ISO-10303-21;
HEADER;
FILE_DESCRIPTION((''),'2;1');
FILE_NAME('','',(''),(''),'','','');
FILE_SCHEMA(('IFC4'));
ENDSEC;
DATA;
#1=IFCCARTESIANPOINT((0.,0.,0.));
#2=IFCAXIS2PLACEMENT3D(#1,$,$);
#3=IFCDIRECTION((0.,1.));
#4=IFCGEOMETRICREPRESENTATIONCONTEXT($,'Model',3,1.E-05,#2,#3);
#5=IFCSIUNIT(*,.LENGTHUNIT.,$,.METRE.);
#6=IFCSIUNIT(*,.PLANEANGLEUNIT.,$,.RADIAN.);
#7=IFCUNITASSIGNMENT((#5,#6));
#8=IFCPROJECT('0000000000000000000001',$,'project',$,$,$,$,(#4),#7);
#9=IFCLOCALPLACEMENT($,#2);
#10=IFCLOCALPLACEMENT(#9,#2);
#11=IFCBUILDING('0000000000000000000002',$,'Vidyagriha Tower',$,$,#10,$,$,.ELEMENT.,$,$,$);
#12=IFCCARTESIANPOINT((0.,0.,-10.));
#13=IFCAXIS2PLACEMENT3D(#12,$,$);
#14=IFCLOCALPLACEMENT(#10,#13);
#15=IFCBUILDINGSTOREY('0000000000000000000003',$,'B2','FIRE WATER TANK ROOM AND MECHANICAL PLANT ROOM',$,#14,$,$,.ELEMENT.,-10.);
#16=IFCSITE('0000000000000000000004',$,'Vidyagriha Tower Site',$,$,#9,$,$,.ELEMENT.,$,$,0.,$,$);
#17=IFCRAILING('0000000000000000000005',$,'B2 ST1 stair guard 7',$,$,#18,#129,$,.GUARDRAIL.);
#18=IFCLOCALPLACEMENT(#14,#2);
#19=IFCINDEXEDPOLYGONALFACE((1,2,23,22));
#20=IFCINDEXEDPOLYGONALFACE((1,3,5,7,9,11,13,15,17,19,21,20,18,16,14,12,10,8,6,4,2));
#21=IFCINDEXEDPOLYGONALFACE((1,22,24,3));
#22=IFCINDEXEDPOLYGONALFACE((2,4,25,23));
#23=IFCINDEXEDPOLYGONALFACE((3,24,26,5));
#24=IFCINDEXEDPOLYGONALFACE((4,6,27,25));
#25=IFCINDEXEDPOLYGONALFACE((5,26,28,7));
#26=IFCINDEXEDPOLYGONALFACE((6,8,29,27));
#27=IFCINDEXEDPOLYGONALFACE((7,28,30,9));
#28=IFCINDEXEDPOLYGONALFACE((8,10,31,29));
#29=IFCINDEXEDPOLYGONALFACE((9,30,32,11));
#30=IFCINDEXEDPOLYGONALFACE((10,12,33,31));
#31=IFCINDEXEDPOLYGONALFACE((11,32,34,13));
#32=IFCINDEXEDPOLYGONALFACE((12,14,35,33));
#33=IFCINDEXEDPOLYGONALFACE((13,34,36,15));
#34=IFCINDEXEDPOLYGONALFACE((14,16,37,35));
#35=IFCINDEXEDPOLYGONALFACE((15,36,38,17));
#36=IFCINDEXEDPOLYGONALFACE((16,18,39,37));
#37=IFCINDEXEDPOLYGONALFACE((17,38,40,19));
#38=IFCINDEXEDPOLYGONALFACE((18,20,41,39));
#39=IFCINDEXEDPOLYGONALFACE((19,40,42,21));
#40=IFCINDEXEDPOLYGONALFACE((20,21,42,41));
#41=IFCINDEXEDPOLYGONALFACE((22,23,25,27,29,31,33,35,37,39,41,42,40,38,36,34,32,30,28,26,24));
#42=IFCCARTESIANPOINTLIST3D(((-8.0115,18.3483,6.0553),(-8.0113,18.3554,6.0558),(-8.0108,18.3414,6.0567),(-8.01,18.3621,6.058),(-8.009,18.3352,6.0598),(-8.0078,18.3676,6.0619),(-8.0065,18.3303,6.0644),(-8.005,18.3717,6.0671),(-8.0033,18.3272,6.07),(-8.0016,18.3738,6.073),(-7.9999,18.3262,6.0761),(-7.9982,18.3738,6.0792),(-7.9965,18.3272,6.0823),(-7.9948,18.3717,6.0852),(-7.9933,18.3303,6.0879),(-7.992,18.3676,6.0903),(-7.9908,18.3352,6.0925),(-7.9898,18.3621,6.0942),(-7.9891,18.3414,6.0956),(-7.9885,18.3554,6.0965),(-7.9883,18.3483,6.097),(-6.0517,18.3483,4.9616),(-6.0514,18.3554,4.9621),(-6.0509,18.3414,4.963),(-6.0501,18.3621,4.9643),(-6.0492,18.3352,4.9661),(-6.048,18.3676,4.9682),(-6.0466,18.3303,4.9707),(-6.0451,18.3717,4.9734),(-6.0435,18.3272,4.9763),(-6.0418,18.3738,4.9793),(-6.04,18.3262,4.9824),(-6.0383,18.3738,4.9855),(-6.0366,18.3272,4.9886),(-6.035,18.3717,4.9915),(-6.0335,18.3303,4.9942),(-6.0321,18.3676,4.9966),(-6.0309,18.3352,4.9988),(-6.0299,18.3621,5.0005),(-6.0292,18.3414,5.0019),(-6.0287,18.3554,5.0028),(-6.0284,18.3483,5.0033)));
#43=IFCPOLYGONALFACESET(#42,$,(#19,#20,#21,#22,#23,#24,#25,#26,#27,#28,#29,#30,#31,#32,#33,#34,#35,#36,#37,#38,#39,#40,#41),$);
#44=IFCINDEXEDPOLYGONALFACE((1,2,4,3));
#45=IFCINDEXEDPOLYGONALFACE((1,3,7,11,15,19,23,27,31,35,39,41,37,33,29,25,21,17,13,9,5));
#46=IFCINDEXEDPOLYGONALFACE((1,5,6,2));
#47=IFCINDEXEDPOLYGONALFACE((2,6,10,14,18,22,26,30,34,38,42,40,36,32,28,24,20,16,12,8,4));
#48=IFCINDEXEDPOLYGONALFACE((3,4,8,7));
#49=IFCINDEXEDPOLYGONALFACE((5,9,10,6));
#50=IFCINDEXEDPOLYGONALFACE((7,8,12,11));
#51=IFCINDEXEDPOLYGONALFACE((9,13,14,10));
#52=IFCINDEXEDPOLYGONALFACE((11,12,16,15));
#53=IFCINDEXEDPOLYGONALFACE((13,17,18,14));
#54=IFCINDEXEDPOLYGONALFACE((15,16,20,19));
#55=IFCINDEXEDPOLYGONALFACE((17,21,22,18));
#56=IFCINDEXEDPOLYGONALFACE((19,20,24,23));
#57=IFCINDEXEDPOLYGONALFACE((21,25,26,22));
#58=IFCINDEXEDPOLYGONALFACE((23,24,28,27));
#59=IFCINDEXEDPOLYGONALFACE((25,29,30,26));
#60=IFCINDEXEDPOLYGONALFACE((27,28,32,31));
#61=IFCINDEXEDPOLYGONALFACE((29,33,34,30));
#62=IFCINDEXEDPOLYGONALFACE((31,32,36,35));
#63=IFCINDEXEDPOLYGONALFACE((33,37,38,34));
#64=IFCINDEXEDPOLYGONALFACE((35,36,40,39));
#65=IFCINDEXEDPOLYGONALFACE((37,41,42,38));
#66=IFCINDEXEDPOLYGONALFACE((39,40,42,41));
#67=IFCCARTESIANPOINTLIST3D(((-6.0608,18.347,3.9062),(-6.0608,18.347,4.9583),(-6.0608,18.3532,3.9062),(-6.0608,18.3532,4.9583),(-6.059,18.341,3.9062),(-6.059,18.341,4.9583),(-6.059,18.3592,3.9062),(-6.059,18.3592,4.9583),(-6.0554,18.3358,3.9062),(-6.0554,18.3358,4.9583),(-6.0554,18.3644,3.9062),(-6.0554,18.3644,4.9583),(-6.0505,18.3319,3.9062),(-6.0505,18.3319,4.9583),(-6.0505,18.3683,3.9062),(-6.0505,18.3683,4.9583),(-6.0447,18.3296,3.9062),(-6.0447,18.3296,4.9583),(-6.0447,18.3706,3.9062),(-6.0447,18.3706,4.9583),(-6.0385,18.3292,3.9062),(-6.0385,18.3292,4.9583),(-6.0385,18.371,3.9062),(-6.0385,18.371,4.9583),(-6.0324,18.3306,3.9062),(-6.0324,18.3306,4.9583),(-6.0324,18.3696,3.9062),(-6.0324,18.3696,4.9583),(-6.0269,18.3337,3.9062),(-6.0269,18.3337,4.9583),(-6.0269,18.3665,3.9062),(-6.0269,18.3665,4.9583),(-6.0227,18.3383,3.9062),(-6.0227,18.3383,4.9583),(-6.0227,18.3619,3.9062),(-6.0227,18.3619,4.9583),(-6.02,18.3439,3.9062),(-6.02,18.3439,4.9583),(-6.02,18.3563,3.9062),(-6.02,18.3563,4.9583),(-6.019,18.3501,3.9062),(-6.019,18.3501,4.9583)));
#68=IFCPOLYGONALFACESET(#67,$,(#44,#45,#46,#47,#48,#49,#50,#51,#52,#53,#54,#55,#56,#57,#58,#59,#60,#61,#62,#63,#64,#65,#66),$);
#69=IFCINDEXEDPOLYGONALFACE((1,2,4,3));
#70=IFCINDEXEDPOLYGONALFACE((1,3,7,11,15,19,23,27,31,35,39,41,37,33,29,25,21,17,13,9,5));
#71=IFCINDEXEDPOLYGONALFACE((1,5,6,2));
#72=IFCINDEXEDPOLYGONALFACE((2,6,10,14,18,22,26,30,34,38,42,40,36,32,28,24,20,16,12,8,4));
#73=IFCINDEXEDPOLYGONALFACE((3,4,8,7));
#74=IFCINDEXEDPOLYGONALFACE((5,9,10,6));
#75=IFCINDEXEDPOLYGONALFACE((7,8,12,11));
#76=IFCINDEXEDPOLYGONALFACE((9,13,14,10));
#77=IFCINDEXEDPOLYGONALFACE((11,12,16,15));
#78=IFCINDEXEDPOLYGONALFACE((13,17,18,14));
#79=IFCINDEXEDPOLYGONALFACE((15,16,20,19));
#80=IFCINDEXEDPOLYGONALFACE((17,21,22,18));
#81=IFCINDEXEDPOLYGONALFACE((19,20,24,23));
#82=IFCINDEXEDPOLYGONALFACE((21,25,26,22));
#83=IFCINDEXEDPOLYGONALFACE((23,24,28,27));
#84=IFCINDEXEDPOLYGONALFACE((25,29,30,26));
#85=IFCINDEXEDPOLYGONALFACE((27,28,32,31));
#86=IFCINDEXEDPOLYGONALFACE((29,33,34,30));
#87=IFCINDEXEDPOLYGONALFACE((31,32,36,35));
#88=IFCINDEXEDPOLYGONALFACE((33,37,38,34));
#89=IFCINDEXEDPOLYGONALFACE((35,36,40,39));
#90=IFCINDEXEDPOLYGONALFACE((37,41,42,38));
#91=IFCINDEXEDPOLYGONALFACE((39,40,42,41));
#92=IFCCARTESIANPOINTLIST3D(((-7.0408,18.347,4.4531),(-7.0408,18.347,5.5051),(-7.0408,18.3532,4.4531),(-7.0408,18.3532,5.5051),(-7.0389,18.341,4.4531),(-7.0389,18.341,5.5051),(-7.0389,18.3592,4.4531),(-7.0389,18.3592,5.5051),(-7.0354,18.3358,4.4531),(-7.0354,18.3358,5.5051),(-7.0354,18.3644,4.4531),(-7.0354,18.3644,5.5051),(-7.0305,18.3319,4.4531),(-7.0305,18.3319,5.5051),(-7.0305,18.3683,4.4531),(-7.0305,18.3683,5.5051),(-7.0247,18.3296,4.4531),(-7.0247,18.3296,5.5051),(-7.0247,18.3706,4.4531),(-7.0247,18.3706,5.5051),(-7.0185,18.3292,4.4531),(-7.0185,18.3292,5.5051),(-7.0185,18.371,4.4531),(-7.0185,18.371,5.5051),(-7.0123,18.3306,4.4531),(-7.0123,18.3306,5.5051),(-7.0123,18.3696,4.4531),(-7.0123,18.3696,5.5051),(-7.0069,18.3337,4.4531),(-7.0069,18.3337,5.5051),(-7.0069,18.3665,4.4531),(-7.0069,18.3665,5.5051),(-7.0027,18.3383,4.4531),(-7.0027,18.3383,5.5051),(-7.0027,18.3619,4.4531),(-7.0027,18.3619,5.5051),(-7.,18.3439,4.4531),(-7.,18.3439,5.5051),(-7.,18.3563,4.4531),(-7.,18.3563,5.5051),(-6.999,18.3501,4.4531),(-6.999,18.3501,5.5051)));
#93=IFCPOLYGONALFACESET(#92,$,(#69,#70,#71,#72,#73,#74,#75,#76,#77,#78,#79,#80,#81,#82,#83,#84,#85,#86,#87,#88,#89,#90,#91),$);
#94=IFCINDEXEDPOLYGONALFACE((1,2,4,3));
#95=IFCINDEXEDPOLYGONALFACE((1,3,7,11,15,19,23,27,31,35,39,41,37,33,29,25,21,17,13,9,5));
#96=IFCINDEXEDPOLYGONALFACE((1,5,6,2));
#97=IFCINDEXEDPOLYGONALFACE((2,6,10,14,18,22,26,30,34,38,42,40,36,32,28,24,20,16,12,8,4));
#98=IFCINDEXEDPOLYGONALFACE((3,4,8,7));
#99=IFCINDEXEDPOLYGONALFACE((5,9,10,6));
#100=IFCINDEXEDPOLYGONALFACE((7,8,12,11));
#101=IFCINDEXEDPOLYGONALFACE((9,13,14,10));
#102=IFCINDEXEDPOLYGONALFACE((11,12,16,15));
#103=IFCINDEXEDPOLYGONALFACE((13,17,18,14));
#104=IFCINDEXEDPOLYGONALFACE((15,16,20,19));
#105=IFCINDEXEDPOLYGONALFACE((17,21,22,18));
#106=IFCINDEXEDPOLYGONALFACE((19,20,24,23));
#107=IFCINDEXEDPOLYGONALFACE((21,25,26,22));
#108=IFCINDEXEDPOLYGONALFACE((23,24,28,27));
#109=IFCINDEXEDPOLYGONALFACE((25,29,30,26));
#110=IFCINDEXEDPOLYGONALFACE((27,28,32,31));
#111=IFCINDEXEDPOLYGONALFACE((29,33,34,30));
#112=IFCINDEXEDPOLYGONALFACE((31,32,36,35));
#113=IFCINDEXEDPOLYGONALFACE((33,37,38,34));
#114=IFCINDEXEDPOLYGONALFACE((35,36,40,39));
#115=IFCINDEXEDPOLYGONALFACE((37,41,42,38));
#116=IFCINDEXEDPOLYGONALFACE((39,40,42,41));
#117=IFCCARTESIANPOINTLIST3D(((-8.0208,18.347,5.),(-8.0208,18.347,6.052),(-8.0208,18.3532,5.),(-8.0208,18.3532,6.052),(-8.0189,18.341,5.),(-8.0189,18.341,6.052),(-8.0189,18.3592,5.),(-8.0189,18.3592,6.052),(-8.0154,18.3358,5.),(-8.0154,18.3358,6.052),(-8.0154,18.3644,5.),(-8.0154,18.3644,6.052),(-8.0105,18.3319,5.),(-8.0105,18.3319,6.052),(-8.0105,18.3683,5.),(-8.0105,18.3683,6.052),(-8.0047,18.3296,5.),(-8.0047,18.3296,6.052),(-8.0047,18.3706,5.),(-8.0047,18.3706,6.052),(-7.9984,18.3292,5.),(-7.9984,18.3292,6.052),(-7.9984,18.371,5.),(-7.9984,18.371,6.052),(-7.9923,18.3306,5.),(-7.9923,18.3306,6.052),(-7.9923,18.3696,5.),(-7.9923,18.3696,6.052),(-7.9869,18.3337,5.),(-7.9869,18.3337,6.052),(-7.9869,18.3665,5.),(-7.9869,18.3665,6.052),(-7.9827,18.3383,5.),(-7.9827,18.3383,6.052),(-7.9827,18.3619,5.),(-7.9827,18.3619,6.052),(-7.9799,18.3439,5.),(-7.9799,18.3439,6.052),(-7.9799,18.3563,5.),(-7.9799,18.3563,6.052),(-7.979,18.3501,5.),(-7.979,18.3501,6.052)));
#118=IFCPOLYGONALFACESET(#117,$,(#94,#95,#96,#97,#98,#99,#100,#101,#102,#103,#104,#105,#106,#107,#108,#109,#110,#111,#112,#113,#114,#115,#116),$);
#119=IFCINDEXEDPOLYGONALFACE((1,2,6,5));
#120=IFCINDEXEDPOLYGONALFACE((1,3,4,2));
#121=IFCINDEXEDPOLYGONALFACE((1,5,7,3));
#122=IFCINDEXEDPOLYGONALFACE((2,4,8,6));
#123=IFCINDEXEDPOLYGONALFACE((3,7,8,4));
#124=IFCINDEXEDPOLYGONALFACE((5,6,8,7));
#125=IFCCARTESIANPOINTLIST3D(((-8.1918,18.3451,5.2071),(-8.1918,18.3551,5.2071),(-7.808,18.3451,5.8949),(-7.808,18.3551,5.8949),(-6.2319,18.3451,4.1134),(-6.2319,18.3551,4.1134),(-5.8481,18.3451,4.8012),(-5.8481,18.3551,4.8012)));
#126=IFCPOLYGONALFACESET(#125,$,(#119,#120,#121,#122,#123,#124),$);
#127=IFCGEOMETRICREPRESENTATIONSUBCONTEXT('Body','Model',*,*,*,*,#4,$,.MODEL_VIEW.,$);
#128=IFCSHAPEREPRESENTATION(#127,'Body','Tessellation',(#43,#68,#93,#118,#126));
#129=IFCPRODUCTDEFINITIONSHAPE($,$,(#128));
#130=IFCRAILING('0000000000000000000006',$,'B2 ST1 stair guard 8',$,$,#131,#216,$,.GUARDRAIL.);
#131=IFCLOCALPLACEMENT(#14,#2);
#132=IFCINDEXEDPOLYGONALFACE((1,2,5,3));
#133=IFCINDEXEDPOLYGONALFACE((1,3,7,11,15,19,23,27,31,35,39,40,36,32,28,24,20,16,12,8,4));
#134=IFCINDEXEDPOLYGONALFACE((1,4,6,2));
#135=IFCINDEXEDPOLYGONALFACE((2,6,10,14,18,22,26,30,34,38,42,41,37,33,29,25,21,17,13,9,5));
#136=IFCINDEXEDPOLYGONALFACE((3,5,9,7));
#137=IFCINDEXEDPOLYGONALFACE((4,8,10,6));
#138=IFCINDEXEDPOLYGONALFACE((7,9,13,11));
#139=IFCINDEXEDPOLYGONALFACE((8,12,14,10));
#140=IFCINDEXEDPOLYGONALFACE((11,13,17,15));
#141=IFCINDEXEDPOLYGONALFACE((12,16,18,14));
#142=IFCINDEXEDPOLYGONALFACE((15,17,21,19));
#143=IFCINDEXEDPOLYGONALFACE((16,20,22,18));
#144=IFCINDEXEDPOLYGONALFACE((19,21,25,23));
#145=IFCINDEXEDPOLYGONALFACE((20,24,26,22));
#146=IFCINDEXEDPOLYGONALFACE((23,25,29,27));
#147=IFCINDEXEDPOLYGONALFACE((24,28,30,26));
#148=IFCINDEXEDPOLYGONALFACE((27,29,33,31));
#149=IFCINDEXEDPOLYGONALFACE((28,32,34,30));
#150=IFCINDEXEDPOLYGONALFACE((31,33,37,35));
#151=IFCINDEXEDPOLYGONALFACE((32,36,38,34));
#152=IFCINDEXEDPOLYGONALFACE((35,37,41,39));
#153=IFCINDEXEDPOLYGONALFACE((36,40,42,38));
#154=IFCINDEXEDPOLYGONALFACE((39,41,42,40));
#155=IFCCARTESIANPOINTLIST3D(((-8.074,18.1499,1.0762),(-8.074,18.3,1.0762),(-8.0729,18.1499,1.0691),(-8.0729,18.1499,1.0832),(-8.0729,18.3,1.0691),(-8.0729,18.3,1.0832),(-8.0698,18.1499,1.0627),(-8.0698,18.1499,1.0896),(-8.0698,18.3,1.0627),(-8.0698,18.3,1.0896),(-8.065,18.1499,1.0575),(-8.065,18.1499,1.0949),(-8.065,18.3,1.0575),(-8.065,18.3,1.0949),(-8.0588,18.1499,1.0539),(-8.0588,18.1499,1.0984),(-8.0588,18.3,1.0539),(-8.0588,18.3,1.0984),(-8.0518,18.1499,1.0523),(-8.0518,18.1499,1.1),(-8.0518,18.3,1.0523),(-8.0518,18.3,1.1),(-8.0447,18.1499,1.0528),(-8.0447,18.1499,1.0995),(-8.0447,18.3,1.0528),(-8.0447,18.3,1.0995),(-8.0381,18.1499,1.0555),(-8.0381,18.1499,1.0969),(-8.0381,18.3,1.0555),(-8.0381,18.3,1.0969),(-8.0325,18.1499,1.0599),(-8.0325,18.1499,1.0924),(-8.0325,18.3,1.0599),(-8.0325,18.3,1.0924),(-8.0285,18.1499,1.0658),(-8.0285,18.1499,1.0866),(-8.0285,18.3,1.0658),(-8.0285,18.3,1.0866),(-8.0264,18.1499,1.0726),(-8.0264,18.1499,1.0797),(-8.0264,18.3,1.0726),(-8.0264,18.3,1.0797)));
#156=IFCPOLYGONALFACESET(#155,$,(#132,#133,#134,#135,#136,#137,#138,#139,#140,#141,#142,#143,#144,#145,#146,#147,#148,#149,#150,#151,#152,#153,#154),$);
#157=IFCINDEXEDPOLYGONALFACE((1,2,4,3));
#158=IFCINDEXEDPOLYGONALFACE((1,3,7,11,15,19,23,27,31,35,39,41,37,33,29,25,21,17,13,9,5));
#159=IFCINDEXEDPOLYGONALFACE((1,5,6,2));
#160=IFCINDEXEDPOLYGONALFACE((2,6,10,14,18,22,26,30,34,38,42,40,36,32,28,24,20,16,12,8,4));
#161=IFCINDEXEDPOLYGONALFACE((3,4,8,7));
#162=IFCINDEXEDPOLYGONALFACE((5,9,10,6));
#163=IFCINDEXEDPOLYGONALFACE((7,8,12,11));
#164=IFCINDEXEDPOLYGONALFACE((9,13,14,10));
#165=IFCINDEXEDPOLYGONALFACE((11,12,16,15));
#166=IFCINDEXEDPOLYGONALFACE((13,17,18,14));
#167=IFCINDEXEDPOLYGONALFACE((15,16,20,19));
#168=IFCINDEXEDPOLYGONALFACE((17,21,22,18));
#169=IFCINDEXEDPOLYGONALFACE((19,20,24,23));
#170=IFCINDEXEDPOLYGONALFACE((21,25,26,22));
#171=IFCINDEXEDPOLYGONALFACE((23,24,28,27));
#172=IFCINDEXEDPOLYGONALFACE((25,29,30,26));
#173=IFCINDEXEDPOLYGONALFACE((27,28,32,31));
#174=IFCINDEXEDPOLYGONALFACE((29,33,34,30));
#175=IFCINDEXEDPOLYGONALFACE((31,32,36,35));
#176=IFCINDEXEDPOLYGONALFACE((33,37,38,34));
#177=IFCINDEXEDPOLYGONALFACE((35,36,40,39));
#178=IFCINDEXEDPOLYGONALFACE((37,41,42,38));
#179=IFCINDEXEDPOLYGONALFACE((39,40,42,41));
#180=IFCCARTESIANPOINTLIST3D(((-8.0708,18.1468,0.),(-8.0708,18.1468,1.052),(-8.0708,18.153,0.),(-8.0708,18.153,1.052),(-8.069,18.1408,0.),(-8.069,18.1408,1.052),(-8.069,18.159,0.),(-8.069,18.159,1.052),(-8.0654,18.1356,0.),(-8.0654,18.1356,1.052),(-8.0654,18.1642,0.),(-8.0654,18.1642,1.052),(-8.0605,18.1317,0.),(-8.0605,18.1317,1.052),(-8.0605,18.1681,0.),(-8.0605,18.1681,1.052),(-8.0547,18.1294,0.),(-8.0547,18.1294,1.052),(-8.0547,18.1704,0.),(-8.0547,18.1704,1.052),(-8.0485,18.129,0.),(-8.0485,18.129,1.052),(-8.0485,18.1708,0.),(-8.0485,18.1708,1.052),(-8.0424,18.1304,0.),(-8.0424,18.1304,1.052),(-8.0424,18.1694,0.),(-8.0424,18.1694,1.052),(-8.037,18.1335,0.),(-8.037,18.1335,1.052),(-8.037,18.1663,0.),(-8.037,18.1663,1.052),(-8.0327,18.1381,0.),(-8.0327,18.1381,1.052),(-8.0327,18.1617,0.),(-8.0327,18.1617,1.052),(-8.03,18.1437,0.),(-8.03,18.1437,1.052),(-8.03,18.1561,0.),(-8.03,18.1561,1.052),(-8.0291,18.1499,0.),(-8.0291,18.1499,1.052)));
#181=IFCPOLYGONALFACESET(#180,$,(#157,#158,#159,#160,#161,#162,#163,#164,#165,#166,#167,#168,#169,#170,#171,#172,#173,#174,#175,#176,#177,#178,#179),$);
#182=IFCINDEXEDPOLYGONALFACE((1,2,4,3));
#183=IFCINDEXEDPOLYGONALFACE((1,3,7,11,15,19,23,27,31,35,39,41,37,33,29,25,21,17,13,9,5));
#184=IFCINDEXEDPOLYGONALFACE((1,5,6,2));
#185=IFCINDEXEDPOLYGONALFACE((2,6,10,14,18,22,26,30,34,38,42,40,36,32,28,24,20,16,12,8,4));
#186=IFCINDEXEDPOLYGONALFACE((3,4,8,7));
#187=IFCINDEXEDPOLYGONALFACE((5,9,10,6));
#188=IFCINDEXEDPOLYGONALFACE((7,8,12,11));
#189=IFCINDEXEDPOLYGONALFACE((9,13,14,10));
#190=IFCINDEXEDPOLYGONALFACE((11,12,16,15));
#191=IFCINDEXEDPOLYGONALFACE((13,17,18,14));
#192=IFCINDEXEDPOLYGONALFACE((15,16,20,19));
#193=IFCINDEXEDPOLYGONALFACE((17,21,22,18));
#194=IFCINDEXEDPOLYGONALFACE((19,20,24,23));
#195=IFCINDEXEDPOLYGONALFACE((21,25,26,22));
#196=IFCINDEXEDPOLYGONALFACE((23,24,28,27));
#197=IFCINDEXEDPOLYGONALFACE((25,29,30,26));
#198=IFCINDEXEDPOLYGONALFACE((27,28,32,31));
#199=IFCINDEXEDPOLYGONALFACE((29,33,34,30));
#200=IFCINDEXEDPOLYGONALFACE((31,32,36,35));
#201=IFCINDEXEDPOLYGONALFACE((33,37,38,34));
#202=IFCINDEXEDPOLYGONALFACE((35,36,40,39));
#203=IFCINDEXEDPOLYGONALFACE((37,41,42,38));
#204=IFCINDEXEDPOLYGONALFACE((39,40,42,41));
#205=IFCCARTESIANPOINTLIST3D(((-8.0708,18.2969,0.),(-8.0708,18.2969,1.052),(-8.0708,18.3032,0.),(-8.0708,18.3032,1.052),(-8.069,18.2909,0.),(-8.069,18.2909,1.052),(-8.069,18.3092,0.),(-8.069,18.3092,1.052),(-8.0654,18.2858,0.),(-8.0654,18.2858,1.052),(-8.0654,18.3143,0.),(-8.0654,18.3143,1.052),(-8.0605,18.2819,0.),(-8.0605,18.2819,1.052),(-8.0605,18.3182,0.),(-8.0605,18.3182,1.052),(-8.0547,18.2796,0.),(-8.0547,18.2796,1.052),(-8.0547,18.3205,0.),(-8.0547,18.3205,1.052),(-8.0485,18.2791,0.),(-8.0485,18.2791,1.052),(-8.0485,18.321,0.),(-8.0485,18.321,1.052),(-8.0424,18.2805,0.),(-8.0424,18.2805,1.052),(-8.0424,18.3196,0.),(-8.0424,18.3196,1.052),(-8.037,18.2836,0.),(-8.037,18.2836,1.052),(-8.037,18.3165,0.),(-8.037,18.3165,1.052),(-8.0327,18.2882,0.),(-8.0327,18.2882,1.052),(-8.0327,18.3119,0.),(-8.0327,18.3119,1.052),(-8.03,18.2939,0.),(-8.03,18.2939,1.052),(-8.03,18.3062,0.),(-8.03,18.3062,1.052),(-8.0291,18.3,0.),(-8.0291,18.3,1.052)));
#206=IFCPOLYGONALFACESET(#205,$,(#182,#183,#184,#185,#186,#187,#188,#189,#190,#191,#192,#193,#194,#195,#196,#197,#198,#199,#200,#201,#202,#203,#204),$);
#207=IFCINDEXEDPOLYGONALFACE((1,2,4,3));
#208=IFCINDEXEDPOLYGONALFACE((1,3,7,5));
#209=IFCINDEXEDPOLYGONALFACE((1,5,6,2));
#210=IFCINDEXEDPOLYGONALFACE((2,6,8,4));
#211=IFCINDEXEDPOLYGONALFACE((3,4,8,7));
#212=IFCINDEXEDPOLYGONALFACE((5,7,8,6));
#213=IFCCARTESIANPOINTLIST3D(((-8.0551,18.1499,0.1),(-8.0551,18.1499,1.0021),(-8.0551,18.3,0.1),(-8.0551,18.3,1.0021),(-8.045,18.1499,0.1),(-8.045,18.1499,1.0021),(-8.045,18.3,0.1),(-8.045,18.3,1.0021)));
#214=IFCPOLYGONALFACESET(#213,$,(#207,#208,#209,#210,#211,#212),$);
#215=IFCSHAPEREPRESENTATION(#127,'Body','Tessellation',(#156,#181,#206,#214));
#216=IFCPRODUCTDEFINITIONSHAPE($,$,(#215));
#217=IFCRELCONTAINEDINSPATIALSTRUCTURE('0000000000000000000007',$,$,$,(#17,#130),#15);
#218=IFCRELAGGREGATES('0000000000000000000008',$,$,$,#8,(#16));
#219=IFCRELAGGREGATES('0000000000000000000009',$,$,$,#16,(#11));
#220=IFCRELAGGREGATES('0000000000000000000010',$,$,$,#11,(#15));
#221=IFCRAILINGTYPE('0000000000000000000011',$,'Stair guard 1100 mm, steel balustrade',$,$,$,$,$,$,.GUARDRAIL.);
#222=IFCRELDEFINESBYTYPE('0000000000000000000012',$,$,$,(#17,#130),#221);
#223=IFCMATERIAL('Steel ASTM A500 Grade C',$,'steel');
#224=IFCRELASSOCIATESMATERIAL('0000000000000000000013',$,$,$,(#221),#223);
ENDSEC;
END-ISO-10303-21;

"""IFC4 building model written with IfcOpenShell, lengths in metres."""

from ifc_helpers import new_model, si_unit, direction, frame, origin, origin_2d, place, context, subcontext, project, spatial, rectangle, circle, extrude, material, type_object, element, save


model = new_model("IFC4")

# Units and contexts
model_context = context("Model", 3, precision=1e-05, world=origin(), true_north=direction((0.0, 1.0)))
body_context = subcontext(model_context, "Body", "Model", "MODEL_VIEW")
ifc_project = project(units=[si_unit("LENGTHUNIT", "METRE"), si_unit("PLANEANGLEUNIT", "RADIAN")], contexts=[model_context])

# Site, building, storey
site_placement = place(None, origin())
site = spatial("IfcSite", under=ifc_project, at=site_placement, Name="Vidyagriha Tower Site", CompositionType="ELEMENT", RefElevation=0.0)
building_placement = place(site_placement, origin())
building = spatial("IfcBuilding", under=site, at=building_placement, Name="Vidyagriha Tower", CompositionType="ELEMENT")
storey_placement = place(building_placement, frame((0.0, 0.0, -10.0)))
storey = spatial("IfcBuildingStorey", under=building, at=storey_placement, Name="B2", Description="FIRE WATER TANK ROOM AND MECHANICAL PLANT ROOM", CompositionType="ELEMENT", Elevation=-10.0)

# Railings
ifc_material_1 = material(Name="Steel ASTM A500 Grade C", Category="steel")
railing_type_1 = type_object("IfcRailingType", Name="Stair guard 1100 mm, steel balustrade", PredefinedType="GUARDRAIL", material=ifc_material_1)
railing_1_placement = place(storey_placement, frame((-6.04, 18.3501, 3.9062)))
element("IfcRailing", 1, at=railing_1_placement, inside=storey, type_object=railing_type_1, Name="B2 ST1 stair guard 7", PredefinedType="GUARDRAIL", context=body_context, shape_type="SweptSolid", body=[
    extrude(circle(Radius=0.0239, at=origin_2d()), frame((0.0, 0.0, 1.0762), z_axis=(-0.873232, 0.0, 0.487304), x_axis=(0.0, -1.0, 0.0)), (0.0, 0.0, 1.0), 2.2444),
    extrude(circle(Radius=0.021, at=origin_2d()), origin(), (0.0, 0.0, 1.0), 1.052),
    extrude(circle(Radius=0.021, at=origin_2d()), frame((-0.98, 0.0, 0.5469)), (0.0, 0.0, 1.0), 1.052),
    extrude(circle(Radius=0.021, at=origin_2d()), frame((-1.96, 0.0, 1.0938)), (0.0, 0.0, 1.0), 1.052),
    extrude(rectangle(XDim=0.01, YDim=0.7876, at=origin_2d()), frame((0.0, 0.0, 0.551), z_axis=(-0.873232, 0.0, 0.487304), x_axis=(0.0, -1.0, 0.0)), (0.0, 0.0, 1.0), 2.2444),
])
railing_2_placement = place(storey_placement, frame((-8.05, 18.1499, 0.0)))
element("IfcRailing", 2, at=railing_2_placement, inside=storey, type_object=railing_type_1, Name="B2 ST1 stair guard 8", PredefinedType="GUARDRAIL", context=body_context, shape_type="SweptSolid", body=[
    extrude(circle(Radius=0.0239, at=origin_2d()), frame((0.0, 0.0, 1.0762), z_axis=(0.0, 1.0, 0.0), x_axis=(-1.0, 0.0, 0.0)), (0.0, 0.0, 1.0), 0.1501),
    extrude(circle(Radius=0.021, at=origin_2d()), origin(), (0.0, 0.0, 1.0), 1.052),
    extrude(circle(Radius=0.021, at=origin_2d()), frame((0.0, 0.1501, 0.0)), (0.0, 0.0, 1.0), 1.052),
    extrude(rectangle(XDim=0.01, YDim=0.9021, at=origin_2d()), frame((0.0, 0.0, 0.551), z_axis=(0.0, 1.0, 0.0), x_axis=(-1.0, 0.0, 0.0)), (0.0, 0.0, 1.0), 0.1501),
])

save(model, "model.ifc")
